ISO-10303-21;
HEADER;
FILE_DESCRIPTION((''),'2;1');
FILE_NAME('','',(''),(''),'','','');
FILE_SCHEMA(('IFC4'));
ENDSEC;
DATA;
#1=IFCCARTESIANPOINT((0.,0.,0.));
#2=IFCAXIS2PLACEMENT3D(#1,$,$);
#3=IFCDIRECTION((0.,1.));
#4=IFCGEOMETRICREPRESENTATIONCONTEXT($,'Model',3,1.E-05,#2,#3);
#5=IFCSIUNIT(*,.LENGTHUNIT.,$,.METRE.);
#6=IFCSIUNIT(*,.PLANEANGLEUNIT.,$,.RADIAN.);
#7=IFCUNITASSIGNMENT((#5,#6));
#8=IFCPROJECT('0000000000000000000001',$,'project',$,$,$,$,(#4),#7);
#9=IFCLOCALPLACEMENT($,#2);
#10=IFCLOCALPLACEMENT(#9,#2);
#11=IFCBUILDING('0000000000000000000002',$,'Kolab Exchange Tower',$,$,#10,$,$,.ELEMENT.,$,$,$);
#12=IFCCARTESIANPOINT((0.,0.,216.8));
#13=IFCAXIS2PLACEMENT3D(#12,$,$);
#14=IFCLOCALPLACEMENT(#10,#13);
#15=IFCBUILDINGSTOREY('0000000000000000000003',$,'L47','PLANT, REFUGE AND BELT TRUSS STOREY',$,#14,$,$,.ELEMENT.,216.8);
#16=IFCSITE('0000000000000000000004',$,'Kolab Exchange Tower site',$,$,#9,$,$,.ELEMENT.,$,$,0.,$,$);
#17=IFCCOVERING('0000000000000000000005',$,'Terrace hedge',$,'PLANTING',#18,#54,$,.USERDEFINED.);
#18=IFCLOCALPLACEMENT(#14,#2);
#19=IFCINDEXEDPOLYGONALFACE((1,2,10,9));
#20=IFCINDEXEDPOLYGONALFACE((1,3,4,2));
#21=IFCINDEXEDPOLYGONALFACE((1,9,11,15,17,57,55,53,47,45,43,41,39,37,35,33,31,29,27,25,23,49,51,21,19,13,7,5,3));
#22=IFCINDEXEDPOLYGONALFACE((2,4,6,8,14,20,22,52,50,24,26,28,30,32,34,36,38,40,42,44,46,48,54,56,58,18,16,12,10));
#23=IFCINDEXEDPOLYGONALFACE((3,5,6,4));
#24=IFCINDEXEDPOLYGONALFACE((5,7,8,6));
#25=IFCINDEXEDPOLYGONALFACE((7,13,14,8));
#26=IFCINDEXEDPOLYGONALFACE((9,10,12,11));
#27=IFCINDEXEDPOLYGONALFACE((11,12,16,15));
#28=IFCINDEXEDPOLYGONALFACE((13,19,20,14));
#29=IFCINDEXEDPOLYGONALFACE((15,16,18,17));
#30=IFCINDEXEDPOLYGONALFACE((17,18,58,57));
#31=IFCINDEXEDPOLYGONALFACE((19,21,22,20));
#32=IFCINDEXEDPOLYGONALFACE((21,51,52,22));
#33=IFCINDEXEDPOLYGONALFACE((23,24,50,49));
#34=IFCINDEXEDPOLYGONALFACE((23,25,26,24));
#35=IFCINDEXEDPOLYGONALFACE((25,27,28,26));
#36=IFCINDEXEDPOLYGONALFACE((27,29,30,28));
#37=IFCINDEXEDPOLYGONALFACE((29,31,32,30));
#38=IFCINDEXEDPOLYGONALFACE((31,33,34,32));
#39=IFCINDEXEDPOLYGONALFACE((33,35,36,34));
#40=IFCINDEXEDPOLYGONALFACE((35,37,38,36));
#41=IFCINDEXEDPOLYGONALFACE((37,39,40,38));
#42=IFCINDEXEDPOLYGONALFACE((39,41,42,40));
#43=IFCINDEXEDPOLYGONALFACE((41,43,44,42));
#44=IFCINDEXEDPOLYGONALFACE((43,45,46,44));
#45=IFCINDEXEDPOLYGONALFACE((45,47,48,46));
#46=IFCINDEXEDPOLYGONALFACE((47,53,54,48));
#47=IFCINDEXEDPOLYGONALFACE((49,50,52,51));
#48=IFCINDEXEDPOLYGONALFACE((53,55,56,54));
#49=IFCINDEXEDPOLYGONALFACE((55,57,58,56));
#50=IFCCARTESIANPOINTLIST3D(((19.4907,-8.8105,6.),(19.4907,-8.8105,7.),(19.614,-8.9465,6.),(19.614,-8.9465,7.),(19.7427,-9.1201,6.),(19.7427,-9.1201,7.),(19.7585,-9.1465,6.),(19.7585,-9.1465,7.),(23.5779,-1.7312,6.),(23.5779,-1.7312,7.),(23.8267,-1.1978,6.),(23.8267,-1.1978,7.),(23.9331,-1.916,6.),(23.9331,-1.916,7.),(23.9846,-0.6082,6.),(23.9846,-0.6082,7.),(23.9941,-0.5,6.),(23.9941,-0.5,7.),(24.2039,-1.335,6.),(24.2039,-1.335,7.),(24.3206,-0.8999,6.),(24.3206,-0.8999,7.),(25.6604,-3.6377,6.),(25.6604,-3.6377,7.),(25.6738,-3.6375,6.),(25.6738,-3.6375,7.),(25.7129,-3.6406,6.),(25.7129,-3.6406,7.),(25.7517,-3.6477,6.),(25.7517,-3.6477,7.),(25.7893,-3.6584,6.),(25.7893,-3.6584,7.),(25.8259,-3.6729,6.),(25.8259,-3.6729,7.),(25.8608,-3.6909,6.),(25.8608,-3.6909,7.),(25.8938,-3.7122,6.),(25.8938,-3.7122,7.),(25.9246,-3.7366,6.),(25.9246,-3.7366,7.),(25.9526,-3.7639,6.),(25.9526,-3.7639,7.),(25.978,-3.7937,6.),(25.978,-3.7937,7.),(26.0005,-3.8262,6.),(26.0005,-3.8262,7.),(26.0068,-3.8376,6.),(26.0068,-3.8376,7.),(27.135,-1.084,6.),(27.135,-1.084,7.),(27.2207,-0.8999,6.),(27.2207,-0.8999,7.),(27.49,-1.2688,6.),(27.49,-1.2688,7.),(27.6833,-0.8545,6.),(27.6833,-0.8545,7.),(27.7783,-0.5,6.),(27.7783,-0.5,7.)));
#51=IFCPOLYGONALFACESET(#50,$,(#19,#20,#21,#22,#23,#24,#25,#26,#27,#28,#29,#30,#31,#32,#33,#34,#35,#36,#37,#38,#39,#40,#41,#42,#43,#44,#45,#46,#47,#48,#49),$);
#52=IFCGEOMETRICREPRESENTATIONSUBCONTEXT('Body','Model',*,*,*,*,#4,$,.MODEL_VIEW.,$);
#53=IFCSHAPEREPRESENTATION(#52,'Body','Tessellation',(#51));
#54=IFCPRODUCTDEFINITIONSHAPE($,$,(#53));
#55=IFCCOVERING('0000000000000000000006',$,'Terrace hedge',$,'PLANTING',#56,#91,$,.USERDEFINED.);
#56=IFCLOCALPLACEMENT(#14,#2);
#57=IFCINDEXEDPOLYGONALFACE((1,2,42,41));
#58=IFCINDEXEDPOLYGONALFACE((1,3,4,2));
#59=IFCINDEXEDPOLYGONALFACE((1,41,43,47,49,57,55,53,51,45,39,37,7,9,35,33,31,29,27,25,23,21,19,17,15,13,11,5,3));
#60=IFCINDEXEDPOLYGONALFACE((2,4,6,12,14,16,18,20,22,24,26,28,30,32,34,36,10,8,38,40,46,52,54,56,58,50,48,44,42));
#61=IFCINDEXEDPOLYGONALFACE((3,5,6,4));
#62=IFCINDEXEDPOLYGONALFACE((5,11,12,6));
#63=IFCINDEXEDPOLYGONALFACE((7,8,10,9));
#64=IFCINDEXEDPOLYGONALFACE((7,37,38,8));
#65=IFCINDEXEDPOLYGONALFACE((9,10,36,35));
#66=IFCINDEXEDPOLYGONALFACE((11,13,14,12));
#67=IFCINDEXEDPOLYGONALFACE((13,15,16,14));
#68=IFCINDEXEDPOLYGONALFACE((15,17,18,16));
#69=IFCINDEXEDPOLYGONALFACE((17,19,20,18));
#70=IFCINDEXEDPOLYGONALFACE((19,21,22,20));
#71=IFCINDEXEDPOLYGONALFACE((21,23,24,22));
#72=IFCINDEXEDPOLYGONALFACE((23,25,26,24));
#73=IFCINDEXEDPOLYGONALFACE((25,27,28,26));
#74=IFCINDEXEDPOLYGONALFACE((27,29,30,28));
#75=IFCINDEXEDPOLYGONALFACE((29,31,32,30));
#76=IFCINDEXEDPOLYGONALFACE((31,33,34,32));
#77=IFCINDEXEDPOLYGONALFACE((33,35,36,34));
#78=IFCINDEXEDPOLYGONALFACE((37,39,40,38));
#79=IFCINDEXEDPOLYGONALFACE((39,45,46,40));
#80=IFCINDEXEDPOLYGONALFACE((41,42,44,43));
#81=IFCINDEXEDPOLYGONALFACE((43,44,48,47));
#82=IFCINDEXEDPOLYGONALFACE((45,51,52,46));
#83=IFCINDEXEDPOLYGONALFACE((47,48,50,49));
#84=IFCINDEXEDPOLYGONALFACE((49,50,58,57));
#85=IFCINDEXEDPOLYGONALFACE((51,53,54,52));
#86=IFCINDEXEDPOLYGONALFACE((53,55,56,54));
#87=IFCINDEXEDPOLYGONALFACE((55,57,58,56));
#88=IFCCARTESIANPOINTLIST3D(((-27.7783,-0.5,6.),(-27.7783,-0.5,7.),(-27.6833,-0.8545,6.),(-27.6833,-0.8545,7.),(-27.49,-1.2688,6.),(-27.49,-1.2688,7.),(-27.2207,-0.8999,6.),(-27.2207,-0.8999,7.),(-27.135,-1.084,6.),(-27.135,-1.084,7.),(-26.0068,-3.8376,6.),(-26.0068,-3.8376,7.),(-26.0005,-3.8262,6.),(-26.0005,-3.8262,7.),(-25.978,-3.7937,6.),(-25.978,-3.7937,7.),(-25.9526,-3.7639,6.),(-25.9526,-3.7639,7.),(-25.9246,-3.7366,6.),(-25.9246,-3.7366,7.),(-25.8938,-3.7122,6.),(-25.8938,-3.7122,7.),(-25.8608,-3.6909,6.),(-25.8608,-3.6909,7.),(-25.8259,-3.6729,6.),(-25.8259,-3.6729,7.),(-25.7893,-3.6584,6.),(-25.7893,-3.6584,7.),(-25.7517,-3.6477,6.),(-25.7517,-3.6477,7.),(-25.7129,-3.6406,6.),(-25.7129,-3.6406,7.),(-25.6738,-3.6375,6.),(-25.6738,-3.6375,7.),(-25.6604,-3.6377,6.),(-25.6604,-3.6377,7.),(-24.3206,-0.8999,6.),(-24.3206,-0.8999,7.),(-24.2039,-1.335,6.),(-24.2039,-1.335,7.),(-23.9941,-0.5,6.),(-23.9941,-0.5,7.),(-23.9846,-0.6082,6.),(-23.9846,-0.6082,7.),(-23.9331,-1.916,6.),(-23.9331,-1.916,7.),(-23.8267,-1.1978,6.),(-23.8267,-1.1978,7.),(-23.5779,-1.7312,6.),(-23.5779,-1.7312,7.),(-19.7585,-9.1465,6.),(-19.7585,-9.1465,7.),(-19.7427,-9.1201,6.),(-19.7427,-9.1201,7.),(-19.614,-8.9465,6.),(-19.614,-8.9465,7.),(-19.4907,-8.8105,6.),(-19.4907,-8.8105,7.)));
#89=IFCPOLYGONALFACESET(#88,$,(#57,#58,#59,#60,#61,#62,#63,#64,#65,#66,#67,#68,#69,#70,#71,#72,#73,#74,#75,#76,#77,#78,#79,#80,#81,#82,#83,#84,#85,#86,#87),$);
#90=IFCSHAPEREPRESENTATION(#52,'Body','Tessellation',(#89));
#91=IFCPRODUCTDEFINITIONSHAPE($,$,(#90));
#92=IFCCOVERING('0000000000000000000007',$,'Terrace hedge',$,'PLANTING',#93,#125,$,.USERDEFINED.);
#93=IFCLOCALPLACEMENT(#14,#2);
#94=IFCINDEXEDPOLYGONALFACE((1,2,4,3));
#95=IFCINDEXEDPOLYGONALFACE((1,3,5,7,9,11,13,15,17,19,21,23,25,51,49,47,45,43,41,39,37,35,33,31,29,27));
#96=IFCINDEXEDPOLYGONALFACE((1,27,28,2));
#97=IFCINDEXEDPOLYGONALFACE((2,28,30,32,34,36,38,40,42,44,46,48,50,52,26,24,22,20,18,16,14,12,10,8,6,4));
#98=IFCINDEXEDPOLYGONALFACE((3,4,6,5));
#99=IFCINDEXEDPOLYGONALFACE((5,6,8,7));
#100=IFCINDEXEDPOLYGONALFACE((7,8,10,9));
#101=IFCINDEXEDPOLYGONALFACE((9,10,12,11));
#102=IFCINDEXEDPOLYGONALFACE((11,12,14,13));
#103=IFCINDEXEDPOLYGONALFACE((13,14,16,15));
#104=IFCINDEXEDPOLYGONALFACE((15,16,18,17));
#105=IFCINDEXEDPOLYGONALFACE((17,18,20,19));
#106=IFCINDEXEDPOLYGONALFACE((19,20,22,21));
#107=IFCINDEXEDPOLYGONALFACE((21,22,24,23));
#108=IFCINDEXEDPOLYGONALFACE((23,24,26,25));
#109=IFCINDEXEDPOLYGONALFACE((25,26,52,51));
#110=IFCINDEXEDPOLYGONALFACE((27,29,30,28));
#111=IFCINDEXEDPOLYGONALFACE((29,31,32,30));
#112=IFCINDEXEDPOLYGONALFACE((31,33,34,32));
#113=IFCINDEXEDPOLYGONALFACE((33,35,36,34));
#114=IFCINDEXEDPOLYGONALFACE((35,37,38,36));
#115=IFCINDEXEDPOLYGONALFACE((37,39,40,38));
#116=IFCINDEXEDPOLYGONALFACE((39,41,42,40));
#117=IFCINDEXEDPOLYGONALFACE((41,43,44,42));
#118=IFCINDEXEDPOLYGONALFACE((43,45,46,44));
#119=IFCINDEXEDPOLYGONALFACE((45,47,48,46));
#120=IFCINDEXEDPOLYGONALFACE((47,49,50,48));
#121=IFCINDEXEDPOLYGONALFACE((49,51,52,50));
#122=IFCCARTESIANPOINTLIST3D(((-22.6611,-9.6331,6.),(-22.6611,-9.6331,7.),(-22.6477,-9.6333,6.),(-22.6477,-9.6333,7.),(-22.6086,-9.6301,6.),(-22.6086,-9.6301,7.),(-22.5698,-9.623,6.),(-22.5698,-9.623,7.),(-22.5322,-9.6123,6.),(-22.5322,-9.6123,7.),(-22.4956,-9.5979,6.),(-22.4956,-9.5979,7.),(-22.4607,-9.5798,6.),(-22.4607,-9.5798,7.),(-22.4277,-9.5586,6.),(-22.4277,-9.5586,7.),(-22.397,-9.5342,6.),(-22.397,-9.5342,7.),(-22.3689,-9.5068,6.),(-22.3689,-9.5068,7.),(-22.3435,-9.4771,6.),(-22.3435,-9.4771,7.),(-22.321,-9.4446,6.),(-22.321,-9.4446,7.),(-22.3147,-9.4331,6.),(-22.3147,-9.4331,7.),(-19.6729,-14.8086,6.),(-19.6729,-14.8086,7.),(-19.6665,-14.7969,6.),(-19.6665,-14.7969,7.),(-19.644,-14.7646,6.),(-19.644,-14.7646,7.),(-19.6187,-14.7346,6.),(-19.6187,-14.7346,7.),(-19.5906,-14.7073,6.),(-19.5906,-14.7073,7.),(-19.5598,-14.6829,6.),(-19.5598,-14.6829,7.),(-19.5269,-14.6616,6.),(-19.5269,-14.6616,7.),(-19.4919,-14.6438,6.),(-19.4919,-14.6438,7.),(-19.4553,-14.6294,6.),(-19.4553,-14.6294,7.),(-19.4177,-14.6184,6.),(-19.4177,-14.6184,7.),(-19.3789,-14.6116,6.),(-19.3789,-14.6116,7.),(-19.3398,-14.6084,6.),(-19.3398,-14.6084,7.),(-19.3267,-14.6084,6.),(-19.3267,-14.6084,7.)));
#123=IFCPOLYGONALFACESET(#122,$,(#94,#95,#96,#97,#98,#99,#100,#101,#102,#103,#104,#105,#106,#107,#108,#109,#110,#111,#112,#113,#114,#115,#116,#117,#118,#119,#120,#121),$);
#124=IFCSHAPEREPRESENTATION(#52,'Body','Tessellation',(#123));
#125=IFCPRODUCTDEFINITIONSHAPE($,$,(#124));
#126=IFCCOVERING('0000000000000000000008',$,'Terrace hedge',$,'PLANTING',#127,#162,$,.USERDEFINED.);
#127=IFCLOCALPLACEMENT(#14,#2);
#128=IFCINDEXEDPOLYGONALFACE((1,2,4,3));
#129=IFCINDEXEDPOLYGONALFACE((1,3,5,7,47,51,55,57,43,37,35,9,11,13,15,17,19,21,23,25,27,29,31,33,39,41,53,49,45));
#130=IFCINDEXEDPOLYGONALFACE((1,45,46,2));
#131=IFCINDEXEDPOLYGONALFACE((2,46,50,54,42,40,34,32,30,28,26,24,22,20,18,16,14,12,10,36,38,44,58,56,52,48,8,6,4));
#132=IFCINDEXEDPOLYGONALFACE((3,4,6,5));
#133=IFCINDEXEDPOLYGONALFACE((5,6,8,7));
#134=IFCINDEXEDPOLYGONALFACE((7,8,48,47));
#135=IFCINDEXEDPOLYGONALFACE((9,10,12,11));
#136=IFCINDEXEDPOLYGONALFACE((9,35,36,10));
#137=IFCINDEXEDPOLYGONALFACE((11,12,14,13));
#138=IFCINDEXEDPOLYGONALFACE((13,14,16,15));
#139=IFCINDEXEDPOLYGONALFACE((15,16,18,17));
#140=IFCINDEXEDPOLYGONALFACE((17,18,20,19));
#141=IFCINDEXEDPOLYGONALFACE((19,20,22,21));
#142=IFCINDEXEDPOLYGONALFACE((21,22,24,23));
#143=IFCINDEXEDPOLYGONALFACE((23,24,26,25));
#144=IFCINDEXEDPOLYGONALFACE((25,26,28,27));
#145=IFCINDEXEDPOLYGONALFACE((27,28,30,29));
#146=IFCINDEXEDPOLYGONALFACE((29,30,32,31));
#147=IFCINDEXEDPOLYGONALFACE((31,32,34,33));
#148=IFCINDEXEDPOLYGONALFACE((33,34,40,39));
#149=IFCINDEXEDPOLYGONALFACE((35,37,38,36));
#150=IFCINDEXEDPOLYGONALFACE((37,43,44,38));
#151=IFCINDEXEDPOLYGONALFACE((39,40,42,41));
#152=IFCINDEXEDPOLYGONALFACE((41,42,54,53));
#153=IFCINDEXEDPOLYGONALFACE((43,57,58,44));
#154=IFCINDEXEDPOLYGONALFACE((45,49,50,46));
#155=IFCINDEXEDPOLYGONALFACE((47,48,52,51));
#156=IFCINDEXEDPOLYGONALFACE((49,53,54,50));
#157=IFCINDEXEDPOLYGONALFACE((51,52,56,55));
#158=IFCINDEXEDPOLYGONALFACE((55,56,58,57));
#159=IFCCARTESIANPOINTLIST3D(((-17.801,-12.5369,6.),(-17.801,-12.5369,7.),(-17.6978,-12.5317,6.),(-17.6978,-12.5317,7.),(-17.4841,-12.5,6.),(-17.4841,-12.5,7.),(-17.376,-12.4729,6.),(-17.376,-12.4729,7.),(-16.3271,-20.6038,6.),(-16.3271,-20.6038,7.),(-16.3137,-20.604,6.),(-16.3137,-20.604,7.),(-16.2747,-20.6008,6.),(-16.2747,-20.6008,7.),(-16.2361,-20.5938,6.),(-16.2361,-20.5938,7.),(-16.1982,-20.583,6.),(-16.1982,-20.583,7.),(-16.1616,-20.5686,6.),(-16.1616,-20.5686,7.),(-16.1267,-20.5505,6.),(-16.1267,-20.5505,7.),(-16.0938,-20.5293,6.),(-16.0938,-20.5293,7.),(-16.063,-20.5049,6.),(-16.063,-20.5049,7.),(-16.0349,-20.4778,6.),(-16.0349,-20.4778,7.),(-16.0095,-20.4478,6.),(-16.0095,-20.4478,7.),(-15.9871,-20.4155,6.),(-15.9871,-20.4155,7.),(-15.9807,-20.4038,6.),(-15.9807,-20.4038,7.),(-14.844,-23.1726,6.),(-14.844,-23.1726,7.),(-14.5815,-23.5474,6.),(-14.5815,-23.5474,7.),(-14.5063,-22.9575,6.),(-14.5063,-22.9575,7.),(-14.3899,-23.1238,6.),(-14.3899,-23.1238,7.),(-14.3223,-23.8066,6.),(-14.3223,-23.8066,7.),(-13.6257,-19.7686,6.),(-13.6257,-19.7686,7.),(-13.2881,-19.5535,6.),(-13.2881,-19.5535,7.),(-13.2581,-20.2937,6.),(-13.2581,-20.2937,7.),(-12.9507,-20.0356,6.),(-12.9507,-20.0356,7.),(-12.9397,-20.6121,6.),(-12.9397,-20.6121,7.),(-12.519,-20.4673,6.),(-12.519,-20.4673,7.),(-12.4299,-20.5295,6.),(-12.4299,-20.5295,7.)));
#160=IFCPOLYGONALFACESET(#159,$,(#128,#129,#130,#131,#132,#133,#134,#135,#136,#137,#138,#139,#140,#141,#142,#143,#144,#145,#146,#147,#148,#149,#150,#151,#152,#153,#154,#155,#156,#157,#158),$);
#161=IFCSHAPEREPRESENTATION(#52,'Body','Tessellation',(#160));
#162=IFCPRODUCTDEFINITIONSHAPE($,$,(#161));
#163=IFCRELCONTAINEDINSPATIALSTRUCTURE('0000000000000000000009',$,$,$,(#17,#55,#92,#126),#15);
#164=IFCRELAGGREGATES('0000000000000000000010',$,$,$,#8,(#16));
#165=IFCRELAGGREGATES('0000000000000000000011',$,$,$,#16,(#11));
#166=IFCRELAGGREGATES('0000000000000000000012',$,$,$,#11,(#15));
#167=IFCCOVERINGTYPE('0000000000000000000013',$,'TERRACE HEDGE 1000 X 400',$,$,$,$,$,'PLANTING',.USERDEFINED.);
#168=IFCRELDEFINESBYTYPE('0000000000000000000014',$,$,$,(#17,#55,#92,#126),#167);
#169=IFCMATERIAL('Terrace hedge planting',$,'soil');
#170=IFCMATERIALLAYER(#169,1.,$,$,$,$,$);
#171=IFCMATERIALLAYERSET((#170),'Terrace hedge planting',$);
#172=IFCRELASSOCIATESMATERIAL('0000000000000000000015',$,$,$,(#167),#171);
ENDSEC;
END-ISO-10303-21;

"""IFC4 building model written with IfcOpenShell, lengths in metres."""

from ifc_helpers import new_model, si_unit, direction, frame, origin, place, context, subcontext, project, spatial, polyline, outline, extrude, material, layer, layer_set, type_object, element, save


model = new_model("IFC4")

# Units and contexts
model_context = context("Model", 3, precision=1e-05, world=origin(), true_north=direction((0.0, 1.0)))
body_context = subcontext(model_context, "Body", "Model", "MODEL_VIEW")
ifc_project = project(units=[si_unit("LENGTHUNIT", "METRE"), si_unit("PLANEANGLEUNIT", "RADIAN")], contexts=[model_context])

# Site, building, storey
site_placement = place(None, origin())
site = spatial("IfcSite", under=ifc_project, at=site_placement, Name="Kolab Exchange Tower site", CompositionType="ELEMENT", RefElevation=0.0)
building_placement = place(site_placement, origin())
building = spatial("IfcBuilding", under=site, at=building_placement, Name="Kolab Exchange Tower", CompositionType="ELEMENT")
storey_placement = place(building_placement, frame((0.0, 0.0, 216.8)))
storey = spatial("IfcBuildingStorey", under=building, at=storey_placement, Name="L47", Description="PLANT, REFUGE AND BELT TRUSS STOREY", CompositionType="ELEMENT", Elevation=216.8)

# Coverings
ifc_material_1 = material(Name="Terrace hedge planting", Category="soil")
ifc_layer_1 = layer(ifc_material_1, 1.0)
ifc_layer_set_1 = layer_set([ifc_layer_1], Name="Terrace hedge planting")
covering_type_1 = type_object("IfcCoveringType", Name="TERRACE HEDGE 1000 X 400", ElementType="PLANTING", PredefinedType="USERDEFINED", material=ifc_layer_set_1)
covering_1_placement = place(storey_placement, frame((0.0, 0.0, 6.0)))
element("IfcCovering", 1, at=covering_1_placement, inside=storey, type_object=covering_type_1, Name="Terrace hedge", ObjectType="PLANTING", PredefinedType="USERDEFINED", context=body_context, shape_type="SweptSolid", body=[
    extrude(outline(polyline([(23.5779, -1.7312), (23.8267, -1.1978), (23.9846, -0.6082), (23.9941, -0.5), (27.7783, -0.5), (27.6833, -0.8545), (27.49, -1.2688), (26.0068, -3.8376), (26.0005, -3.8262), (25.978, -3.7937), (25.9526, -3.7639), (25.9246, -3.7366), (25.8938, -3.7122), (25.8608, -3.6909), (25.8259, -3.6729), (25.7893, -3.6584), (25.7517, -3.6477), (25.7129, -3.6406), (25.6738, -3.6375), (25.6604, -3.6377), (27.135, -1.084), (27.2207, -0.8999), (24.3206, -0.8999), (24.2039, -1.335), (23.9331, -1.916), (19.7585, -9.1465), (19.7427, -9.1201), (19.614, -8.9465), (19.4907, -8.8105), (23.5779, -1.7312)])), origin(), (0.0, 0.0, 1.0), 1.0),
])
covering_2_placement = place(storey_placement, frame((0.0, 0.0, 6.0)))
element("IfcCovering", 2, at=covering_2_placement, inside=storey, type_object=covering_type_1, Name="Terrace hedge", ObjectType="PLANTING", PredefinedType="USERDEFINED", context=body_context, shape_type="SweptSolid", body=[
    extrude(outline(polyline([(-23.9846, -0.6082), (-23.8267, -1.1978), (-23.5779, -1.7312), (-19.4907, -8.8105), (-19.614, -8.9465), (-19.7427, -9.1201), (-19.7585, -9.1465), (-23.9331, -1.916), (-24.2039, -1.335), (-24.3206, -0.8999), (-27.2207, -0.8999), (-27.135, -1.084), (-25.6604, -3.6377), (-25.6738, -3.6375), (-25.7129, -3.6406), (-25.7517, -3.6477), (-25.7893, -3.6584), (-25.8259, -3.6729), (-25.8608, -3.6909), (-25.8938, -3.7122), (-25.9246, -3.7366), (-25.9526, -3.7639), (-25.978, -3.7937), (-26.0005, -3.8262), (-26.0068, -3.8376), (-27.49, -1.2688), (-27.6833, -0.8545), (-27.7783, -0.5), (-23.9941, -0.5), (-23.9846, -0.6082)])), origin(), (0.0, 0.0, 1.0), 1.0),
])
covering_3_placement = place(storey_placement, frame((0.0, 0.0, 6.0)))
element("IfcCovering", 3, at=covering_3_placement, inside=storey, type_object=covering_type_1, Name="Terrace hedge", ObjectType="PLANTING", PredefinedType="USERDEFINED", context=body_context, shape_type="SweptSolid", body=[
    extrude(outline(polyline([(-22.6611, -9.6331), (-22.6477, -9.6333), (-22.6086, -9.6301), (-22.5698, -9.623), (-22.5322, -9.6123), (-22.4956, -9.5979), (-22.4607, -9.5798), (-22.4277, -9.5586), (-22.397, -9.5342), (-22.3689, -9.5068), (-22.3435, -9.4771), (-22.321, -9.4446), (-22.3147, -9.4331), (-19.3267, -14.6084), (-19.3398, -14.6084), (-19.3789, -14.6116), (-19.4177, -14.6184), (-19.4553, -14.6294), (-19.4919, -14.6438), (-19.5269, -14.6616), (-19.5598, -14.6829), (-19.5906, -14.7073), (-19.6187, -14.7346), (-19.644, -14.7646), (-19.6665, -14.7969), (-19.6729, -14.8086), (-22.6611, -9.6331)])), origin(), (0.0, 0.0, 1.0), 1.0),
])
covering_4_placement = place(storey_placement, frame((0.0, 0.0, 6.0)))
element("IfcCovering", 4, at=covering_4_placement, inside=storey, type_object=covering_type_1, Name="Terrace hedge", ObjectType="PLANTING", PredefinedType="USERDEFINED", context=body_context, shape_type="SweptSolid", body=[
    extrude(outline(polyline([(-13.2881, -19.5535), (-12.9507, -20.0356), (-12.519, -20.4673), (-12.4299, -20.5295), (-14.3223, -23.8066), (-14.5815, -23.5474), (-14.844, -23.1726), (-16.3271, -20.6038), (-16.3137, -20.604), (-16.2747, -20.6008), (-16.2361, -20.5938), (-16.1982, -20.583), (-16.1616, -20.5686), (-16.1267, -20.5505), (-16.0938, -20.5293), (-16.063, -20.5049), (-16.0349, -20.4778), (-16.0095, -20.4478), (-15.9871, -20.4155), (-15.9807, -20.4038), (-14.5063, -22.9575), (-14.3899, -23.1238), (-12.9397, -20.6121), (-13.2581, -20.2937), (-13.6257, -19.7686), (-17.801, -12.5369), (-17.6978, -12.5317), (-17.4841, -12.5), (-17.376, -12.4729), (-13.2881, -19.5535)])), origin(), (0.0, 0.0, 1.0), 1.0),
])

save(model, "model.ifc")
